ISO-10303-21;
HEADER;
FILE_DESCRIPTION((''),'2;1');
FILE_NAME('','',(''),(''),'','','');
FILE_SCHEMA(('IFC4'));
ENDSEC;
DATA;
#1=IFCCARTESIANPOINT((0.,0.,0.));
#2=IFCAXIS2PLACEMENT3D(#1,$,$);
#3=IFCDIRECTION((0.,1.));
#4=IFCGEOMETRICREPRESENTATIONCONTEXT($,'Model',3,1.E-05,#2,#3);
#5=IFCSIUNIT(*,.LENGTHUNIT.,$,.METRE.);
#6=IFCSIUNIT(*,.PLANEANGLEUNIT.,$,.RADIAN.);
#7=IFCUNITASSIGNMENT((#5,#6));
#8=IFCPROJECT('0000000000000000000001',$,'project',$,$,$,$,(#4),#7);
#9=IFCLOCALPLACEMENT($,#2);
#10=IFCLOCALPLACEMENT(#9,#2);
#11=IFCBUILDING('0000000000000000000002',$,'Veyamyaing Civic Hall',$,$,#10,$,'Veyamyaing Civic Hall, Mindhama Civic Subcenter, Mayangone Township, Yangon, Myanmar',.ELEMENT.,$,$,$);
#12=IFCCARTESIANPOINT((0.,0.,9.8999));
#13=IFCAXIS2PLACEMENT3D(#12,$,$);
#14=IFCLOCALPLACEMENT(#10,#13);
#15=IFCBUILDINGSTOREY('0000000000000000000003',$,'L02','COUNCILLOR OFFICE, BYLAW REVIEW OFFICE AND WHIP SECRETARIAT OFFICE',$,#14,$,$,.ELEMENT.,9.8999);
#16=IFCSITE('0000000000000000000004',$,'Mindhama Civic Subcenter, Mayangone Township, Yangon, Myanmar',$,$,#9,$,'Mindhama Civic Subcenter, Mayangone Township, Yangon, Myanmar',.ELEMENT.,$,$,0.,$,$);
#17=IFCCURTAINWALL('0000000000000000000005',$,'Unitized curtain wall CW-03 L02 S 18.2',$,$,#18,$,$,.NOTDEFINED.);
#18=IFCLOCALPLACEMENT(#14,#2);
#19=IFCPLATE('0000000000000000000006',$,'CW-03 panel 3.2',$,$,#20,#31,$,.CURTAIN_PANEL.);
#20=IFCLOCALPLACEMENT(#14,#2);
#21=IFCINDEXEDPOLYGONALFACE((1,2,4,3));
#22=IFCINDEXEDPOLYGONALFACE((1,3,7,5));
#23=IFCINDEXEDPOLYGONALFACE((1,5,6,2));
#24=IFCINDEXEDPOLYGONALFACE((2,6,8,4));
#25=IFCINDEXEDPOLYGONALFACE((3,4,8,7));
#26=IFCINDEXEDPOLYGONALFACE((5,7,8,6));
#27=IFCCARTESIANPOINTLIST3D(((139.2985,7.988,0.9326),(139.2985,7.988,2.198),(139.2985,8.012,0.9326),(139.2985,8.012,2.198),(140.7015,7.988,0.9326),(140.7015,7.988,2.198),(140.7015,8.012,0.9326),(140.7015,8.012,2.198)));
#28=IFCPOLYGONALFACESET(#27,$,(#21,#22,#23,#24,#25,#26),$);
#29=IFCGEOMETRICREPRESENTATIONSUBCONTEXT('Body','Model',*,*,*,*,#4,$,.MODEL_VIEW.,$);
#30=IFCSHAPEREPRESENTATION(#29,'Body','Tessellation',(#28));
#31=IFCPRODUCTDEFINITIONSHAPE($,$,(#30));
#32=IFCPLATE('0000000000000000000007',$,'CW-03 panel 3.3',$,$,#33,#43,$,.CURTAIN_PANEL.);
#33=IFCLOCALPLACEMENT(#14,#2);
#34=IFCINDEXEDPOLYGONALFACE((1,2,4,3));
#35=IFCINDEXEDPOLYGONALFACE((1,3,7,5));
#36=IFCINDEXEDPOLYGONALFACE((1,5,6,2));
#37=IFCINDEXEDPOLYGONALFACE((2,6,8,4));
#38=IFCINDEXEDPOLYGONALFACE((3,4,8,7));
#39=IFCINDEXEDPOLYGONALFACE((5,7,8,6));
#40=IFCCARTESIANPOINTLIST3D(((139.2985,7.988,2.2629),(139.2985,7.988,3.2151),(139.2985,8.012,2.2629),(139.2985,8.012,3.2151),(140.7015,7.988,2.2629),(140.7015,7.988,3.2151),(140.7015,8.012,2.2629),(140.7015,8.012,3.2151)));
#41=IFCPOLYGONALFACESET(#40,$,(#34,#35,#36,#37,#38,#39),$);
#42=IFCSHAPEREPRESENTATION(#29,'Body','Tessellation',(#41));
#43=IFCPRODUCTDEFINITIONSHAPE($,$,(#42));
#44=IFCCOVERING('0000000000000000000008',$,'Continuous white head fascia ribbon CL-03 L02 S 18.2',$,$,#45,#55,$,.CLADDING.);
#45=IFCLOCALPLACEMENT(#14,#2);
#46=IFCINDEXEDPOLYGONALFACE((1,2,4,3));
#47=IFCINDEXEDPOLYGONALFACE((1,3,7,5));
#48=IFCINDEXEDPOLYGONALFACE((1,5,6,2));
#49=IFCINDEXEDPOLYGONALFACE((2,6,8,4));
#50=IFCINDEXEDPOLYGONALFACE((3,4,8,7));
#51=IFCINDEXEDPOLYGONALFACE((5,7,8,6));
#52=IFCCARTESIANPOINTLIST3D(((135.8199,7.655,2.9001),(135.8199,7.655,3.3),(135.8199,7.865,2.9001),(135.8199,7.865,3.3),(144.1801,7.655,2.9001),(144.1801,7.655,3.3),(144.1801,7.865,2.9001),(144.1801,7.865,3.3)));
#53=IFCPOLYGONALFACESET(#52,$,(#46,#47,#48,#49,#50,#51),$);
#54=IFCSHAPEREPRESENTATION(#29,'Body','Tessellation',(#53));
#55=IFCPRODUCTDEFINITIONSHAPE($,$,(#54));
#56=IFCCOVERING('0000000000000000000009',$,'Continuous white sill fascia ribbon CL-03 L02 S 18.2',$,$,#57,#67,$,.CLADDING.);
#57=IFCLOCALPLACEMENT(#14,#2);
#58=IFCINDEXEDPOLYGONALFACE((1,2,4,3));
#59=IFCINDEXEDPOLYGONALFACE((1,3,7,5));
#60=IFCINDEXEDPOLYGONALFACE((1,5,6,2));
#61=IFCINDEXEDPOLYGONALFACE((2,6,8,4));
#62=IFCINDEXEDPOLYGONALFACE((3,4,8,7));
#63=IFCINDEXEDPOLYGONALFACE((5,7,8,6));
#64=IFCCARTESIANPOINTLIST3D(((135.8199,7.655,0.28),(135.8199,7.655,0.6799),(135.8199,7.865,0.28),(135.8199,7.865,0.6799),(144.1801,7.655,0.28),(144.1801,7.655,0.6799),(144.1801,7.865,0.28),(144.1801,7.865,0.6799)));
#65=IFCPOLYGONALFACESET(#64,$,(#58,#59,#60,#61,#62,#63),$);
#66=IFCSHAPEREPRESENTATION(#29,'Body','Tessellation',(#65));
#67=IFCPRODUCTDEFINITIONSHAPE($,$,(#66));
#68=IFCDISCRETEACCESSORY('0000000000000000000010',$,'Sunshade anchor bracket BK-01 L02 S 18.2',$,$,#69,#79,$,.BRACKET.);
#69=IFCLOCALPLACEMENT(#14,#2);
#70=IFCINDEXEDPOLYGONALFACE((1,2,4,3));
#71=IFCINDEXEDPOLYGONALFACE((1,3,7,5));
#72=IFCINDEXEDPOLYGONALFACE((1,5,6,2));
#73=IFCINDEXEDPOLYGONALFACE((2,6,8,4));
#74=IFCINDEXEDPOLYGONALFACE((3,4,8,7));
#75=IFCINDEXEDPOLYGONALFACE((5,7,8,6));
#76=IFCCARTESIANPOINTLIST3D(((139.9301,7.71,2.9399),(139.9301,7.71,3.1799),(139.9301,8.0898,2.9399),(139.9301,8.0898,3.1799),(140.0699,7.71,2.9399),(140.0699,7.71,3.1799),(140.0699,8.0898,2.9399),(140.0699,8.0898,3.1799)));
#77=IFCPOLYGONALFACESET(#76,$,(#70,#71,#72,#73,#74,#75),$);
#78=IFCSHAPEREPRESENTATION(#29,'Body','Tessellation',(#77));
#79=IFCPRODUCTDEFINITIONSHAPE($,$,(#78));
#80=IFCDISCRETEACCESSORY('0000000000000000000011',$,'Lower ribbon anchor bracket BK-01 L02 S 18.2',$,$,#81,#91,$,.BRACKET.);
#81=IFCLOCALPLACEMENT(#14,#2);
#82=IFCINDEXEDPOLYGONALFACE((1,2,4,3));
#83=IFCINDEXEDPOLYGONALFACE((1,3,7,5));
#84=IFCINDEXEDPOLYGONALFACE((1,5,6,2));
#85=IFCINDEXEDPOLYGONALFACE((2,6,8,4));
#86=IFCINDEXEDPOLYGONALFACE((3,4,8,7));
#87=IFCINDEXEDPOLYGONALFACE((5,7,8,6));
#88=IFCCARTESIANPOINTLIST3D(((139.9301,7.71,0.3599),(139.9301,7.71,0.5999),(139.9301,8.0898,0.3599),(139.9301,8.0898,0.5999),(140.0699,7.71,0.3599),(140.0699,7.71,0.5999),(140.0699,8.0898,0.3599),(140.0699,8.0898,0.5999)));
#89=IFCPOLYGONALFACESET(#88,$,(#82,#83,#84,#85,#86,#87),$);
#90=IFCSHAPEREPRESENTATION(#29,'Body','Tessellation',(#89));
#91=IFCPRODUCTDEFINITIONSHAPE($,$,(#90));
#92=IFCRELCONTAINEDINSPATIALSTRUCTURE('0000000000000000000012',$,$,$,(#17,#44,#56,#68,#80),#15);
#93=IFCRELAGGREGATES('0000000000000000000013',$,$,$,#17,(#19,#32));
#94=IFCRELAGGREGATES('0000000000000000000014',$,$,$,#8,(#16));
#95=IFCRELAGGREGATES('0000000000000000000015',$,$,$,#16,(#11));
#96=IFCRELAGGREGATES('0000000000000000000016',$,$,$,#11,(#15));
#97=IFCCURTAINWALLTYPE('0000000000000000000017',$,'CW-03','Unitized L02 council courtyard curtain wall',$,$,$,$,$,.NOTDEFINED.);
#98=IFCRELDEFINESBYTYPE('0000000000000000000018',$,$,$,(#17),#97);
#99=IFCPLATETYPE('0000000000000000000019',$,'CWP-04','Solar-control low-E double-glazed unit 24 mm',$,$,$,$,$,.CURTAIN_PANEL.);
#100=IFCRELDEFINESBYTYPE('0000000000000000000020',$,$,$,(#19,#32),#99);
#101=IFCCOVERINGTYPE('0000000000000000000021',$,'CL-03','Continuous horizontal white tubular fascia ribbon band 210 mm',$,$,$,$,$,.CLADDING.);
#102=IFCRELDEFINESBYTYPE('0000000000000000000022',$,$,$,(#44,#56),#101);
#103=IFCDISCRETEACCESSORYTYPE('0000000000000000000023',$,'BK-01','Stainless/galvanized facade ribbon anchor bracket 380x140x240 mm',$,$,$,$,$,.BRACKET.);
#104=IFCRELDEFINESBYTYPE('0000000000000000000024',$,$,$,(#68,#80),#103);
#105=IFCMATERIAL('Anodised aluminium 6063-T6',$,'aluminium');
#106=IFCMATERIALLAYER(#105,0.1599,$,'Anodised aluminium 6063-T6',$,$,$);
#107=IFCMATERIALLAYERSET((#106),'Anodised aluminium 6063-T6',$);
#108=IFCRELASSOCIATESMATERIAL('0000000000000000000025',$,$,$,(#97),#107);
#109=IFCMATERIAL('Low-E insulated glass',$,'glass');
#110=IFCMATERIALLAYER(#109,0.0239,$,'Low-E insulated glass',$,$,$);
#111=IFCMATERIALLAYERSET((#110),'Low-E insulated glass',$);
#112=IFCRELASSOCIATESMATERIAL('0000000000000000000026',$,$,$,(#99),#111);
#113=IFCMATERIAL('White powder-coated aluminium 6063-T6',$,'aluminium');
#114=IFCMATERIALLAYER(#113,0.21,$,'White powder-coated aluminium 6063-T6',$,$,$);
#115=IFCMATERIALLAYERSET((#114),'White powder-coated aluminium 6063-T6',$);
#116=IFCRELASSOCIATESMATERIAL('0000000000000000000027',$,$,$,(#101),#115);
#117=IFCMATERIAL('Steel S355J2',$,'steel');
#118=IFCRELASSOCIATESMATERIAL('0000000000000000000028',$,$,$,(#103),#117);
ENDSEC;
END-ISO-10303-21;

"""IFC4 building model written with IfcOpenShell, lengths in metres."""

from ifc_helpers import new_model, si_unit, direction, frame, origin, origin_2d, place, context, subcontext, project, spatial, rectangle, extrude, material, layer, layer_set, type_object, element, aggregate, save


model = new_model("IFC4")

# Units and contexts
model_context = context("Model", 3, precision=1e-05, world=origin(), true_north=direction((0.0, 1.0)))
body_context = subcontext(model_context, "Body", "Model", "MODEL_VIEW")
ifc_project = project(units=[si_unit("LENGTHUNIT", "METRE"), si_unit("PLANEANGLEUNIT", "RADIAN")], contexts=[model_context])

# Site, building, storey
site_placement = place(None, origin())
site = spatial("IfcSite", under=ifc_project, at=site_placement, Name="Mindhama Civic Subcenter, Mayangone Township, Yangon, Myanmar", LongName="Mindhama Civic Subcenter, Mayangone Township, Yangon, Myanmar", CompositionType="ELEMENT", RefElevation=0.0)
building_placement = place(site_placement, origin())
building = spatial("IfcBuilding", under=site, at=building_placement, Name="Veyamyaing Civic Hall", LongName="Veyamyaing Civic Hall, Mindhama Civic Subcenter, Mayangone Township, Yangon, Myanmar", CompositionType="ELEMENT")
storey_placement = place(building_placement, frame((0.0, 0.0, 9.8999)))
storey = spatial("IfcBuildingStorey", under=building, at=storey_placement, Name="L02", Description="COUNCILLOR OFFICE, BYLAW REVIEW OFFICE AND WHIP SECRETARIAT OFFICE", CompositionType="ELEMENT", Elevation=9.8999)

# Curtain wall, plates
ifc_material_1 = material(Name="Anodised aluminium 6063-T6", Category="aluminium")
ifc_layer_1 = layer(ifc_material_1, 0.1599, Name="Anodised aluminium 6063-T6")
ifc_layer_set_1 = layer_set([ifc_layer_1], Name="Anodised aluminium 6063-T6")
curtain_wall_type = type_object("IfcCurtainWallType", Name="CW-03", Description="Unitized L02 council courtyard curtain wall", PredefinedType="NOTDEFINED", material=ifc_layer_set_1)
curtain_wall_placement = place(storey_placement, origin())
curtain_wall = element("IfcCurtainWall", 1, at=curtain_wall_placement, inside=storey, type_object=curtain_wall_type, Name="Unitized curtain wall CW-03 L02 S 18.2", PredefinedType="NOTDEFINED")
ifc_material_2 = material(Name="Low-E insulated glass", Category="glass")
ifc_layer_2 = layer(ifc_material_2, 0.0239, Name="Low-E insulated glass")
ifc_layer_set_2 = layer_set([ifc_layer_2], Name="Low-E insulated glass")
plate_type = type_object("IfcPlateType", Name="CWP-04", Description="Solar-control low-E double-glazed unit 24 mm", PredefinedType="CURTAIN_PANEL", material=ifc_layer_set_2)
plate_1_placement = place(storey_placement, frame((140.0, 8.0, 0.9326), z_axis=(0.0, 0.0, 1.0), x_axis=(1.0, 0.0, 0.0)))
plate_1 = element("IfcPlate", 2, at=plate_1_placement, type_object=plate_type, Name="CW-03 panel 3.2", PredefinedType="CURTAIN_PANEL", context=body_context, shape_type="SweptSolid", body=[
    extrude(rectangle(XDim=1.4031, YDim=0.0239, at=origin_2d()), origin(), (0.0, 0.0, 1.0), 1.2654),
])
plate_2_placement = place(storey_placement, frame((140.0, 8.0, 2.2629), z_axis=(0.0, 0.0, 1.0), x_axis=(1.0, 0.0, 0.0)))
plate_2 = element("IfcPlate", 3, at=plate_2_placement, type_object=plate_type, Name="CW-03 panel 3.3", PredefinedType="CURTAIN_PANEL", context=body_context, shape_type="SweptSolid", body=[
    extrude(rectangle(XDim=1.4031, YDim=0.0239, at=origin_2d()), origin(), (0.0, 0.0, 1.0), 0.9521),
])
aggregate(curtain_wall, [plate_1, plate_2])

# Coverings
ifc_material_3 = material(Name="White powder-coated aluminium 6063-T6", Category="aluminium")
ifc_layer_3 = layer(ifc_material_3, 0.21, Name="White powder-coated aluminium 6063-T6")
ifc_layer_set_3 = layer_set([ifc_layer_3], Name="White powder-coated aluminium 6063-T6")
covering_type = type_object("IfcCoveringType", Name="CL-03", Description="Continuous horizontal white tubular fascia ribbon band 210 mm", PredefinedType="CLADDING", material=ifc_layer_set_3)
for number, where, z_axis, x_axis, name in (
    (4, (140.0, 7.76, 2.9001), (0.0, 0.0, 1.0), (1.0, 0.0, 0.0), "Continuous white head fascia ribbon CL-03 L02 S 18.2"),
    (5, (140.0, 7.76, 0.28), (0.0, 0.0, 1.0), (1.0, 0.0, 0.0), "Continuous white sill fascia ribbon CL-03 L02 S 18.2"),
):
    element("IfcCovering", number, at=place(storey_placement, frame(where, z_axis=z_axis, x_axis=x_axis)), inside=storey, type_object=covering_type, Name=name, PredefinedType="CLADDING", context=body_context, shape_type="SweptSolid", body=[
        extrude(rectangle(XDim=8.3601, YDim=0.21, at=origin_2d()), origin(), (0.0, 0.0, 1.0), 0.3999),
    ])

# Discrete accessories
ifc_material_4 = material(Name="Steel S355J2", Category="steel")
discrete_accessory_type = type_object("IfcDiscreteAccessoryType", Name="BK-01", Description="Stainless/galvanized facade ribbon anchor bracket 380x140x240 mm", PredefinedType="BRACKET", material=ifc_material_4)
for number, where, z_axis, x_axis, name in (
    (6, (140.0, 7.8999, 2.9399), (0.0, 0.0, 1.0), (0.0, -1.0, 0.0), "Sunshade anchor bracket BK-01 L02 S 18.2"),
    (7, (140.0, 7.8999, 0.3599), (0.0, 0.0, 1.0), (0.0, -1.0, 0.0), "Lower ribbon anchor bracket BK-01 L02 S 18.2"),
):
    element("IfcDiscreteAccessory", number, at=place(storey_placement, frame(where, z_axis=z_axis, x_axis=x_axis)), inside=storey, type_object=discrete_accessory_type, Name=name, PredefinedType="BRACKET", context=body_context, shape_type="SweptSolid", body=[
        extrude(rectangle(XDim=0.3799, YDim=0.1399, at=origin_2d()), origin(), (0.0, 0.0, 1.0), 0.24),
    ])

save(model, "model.ifc")
